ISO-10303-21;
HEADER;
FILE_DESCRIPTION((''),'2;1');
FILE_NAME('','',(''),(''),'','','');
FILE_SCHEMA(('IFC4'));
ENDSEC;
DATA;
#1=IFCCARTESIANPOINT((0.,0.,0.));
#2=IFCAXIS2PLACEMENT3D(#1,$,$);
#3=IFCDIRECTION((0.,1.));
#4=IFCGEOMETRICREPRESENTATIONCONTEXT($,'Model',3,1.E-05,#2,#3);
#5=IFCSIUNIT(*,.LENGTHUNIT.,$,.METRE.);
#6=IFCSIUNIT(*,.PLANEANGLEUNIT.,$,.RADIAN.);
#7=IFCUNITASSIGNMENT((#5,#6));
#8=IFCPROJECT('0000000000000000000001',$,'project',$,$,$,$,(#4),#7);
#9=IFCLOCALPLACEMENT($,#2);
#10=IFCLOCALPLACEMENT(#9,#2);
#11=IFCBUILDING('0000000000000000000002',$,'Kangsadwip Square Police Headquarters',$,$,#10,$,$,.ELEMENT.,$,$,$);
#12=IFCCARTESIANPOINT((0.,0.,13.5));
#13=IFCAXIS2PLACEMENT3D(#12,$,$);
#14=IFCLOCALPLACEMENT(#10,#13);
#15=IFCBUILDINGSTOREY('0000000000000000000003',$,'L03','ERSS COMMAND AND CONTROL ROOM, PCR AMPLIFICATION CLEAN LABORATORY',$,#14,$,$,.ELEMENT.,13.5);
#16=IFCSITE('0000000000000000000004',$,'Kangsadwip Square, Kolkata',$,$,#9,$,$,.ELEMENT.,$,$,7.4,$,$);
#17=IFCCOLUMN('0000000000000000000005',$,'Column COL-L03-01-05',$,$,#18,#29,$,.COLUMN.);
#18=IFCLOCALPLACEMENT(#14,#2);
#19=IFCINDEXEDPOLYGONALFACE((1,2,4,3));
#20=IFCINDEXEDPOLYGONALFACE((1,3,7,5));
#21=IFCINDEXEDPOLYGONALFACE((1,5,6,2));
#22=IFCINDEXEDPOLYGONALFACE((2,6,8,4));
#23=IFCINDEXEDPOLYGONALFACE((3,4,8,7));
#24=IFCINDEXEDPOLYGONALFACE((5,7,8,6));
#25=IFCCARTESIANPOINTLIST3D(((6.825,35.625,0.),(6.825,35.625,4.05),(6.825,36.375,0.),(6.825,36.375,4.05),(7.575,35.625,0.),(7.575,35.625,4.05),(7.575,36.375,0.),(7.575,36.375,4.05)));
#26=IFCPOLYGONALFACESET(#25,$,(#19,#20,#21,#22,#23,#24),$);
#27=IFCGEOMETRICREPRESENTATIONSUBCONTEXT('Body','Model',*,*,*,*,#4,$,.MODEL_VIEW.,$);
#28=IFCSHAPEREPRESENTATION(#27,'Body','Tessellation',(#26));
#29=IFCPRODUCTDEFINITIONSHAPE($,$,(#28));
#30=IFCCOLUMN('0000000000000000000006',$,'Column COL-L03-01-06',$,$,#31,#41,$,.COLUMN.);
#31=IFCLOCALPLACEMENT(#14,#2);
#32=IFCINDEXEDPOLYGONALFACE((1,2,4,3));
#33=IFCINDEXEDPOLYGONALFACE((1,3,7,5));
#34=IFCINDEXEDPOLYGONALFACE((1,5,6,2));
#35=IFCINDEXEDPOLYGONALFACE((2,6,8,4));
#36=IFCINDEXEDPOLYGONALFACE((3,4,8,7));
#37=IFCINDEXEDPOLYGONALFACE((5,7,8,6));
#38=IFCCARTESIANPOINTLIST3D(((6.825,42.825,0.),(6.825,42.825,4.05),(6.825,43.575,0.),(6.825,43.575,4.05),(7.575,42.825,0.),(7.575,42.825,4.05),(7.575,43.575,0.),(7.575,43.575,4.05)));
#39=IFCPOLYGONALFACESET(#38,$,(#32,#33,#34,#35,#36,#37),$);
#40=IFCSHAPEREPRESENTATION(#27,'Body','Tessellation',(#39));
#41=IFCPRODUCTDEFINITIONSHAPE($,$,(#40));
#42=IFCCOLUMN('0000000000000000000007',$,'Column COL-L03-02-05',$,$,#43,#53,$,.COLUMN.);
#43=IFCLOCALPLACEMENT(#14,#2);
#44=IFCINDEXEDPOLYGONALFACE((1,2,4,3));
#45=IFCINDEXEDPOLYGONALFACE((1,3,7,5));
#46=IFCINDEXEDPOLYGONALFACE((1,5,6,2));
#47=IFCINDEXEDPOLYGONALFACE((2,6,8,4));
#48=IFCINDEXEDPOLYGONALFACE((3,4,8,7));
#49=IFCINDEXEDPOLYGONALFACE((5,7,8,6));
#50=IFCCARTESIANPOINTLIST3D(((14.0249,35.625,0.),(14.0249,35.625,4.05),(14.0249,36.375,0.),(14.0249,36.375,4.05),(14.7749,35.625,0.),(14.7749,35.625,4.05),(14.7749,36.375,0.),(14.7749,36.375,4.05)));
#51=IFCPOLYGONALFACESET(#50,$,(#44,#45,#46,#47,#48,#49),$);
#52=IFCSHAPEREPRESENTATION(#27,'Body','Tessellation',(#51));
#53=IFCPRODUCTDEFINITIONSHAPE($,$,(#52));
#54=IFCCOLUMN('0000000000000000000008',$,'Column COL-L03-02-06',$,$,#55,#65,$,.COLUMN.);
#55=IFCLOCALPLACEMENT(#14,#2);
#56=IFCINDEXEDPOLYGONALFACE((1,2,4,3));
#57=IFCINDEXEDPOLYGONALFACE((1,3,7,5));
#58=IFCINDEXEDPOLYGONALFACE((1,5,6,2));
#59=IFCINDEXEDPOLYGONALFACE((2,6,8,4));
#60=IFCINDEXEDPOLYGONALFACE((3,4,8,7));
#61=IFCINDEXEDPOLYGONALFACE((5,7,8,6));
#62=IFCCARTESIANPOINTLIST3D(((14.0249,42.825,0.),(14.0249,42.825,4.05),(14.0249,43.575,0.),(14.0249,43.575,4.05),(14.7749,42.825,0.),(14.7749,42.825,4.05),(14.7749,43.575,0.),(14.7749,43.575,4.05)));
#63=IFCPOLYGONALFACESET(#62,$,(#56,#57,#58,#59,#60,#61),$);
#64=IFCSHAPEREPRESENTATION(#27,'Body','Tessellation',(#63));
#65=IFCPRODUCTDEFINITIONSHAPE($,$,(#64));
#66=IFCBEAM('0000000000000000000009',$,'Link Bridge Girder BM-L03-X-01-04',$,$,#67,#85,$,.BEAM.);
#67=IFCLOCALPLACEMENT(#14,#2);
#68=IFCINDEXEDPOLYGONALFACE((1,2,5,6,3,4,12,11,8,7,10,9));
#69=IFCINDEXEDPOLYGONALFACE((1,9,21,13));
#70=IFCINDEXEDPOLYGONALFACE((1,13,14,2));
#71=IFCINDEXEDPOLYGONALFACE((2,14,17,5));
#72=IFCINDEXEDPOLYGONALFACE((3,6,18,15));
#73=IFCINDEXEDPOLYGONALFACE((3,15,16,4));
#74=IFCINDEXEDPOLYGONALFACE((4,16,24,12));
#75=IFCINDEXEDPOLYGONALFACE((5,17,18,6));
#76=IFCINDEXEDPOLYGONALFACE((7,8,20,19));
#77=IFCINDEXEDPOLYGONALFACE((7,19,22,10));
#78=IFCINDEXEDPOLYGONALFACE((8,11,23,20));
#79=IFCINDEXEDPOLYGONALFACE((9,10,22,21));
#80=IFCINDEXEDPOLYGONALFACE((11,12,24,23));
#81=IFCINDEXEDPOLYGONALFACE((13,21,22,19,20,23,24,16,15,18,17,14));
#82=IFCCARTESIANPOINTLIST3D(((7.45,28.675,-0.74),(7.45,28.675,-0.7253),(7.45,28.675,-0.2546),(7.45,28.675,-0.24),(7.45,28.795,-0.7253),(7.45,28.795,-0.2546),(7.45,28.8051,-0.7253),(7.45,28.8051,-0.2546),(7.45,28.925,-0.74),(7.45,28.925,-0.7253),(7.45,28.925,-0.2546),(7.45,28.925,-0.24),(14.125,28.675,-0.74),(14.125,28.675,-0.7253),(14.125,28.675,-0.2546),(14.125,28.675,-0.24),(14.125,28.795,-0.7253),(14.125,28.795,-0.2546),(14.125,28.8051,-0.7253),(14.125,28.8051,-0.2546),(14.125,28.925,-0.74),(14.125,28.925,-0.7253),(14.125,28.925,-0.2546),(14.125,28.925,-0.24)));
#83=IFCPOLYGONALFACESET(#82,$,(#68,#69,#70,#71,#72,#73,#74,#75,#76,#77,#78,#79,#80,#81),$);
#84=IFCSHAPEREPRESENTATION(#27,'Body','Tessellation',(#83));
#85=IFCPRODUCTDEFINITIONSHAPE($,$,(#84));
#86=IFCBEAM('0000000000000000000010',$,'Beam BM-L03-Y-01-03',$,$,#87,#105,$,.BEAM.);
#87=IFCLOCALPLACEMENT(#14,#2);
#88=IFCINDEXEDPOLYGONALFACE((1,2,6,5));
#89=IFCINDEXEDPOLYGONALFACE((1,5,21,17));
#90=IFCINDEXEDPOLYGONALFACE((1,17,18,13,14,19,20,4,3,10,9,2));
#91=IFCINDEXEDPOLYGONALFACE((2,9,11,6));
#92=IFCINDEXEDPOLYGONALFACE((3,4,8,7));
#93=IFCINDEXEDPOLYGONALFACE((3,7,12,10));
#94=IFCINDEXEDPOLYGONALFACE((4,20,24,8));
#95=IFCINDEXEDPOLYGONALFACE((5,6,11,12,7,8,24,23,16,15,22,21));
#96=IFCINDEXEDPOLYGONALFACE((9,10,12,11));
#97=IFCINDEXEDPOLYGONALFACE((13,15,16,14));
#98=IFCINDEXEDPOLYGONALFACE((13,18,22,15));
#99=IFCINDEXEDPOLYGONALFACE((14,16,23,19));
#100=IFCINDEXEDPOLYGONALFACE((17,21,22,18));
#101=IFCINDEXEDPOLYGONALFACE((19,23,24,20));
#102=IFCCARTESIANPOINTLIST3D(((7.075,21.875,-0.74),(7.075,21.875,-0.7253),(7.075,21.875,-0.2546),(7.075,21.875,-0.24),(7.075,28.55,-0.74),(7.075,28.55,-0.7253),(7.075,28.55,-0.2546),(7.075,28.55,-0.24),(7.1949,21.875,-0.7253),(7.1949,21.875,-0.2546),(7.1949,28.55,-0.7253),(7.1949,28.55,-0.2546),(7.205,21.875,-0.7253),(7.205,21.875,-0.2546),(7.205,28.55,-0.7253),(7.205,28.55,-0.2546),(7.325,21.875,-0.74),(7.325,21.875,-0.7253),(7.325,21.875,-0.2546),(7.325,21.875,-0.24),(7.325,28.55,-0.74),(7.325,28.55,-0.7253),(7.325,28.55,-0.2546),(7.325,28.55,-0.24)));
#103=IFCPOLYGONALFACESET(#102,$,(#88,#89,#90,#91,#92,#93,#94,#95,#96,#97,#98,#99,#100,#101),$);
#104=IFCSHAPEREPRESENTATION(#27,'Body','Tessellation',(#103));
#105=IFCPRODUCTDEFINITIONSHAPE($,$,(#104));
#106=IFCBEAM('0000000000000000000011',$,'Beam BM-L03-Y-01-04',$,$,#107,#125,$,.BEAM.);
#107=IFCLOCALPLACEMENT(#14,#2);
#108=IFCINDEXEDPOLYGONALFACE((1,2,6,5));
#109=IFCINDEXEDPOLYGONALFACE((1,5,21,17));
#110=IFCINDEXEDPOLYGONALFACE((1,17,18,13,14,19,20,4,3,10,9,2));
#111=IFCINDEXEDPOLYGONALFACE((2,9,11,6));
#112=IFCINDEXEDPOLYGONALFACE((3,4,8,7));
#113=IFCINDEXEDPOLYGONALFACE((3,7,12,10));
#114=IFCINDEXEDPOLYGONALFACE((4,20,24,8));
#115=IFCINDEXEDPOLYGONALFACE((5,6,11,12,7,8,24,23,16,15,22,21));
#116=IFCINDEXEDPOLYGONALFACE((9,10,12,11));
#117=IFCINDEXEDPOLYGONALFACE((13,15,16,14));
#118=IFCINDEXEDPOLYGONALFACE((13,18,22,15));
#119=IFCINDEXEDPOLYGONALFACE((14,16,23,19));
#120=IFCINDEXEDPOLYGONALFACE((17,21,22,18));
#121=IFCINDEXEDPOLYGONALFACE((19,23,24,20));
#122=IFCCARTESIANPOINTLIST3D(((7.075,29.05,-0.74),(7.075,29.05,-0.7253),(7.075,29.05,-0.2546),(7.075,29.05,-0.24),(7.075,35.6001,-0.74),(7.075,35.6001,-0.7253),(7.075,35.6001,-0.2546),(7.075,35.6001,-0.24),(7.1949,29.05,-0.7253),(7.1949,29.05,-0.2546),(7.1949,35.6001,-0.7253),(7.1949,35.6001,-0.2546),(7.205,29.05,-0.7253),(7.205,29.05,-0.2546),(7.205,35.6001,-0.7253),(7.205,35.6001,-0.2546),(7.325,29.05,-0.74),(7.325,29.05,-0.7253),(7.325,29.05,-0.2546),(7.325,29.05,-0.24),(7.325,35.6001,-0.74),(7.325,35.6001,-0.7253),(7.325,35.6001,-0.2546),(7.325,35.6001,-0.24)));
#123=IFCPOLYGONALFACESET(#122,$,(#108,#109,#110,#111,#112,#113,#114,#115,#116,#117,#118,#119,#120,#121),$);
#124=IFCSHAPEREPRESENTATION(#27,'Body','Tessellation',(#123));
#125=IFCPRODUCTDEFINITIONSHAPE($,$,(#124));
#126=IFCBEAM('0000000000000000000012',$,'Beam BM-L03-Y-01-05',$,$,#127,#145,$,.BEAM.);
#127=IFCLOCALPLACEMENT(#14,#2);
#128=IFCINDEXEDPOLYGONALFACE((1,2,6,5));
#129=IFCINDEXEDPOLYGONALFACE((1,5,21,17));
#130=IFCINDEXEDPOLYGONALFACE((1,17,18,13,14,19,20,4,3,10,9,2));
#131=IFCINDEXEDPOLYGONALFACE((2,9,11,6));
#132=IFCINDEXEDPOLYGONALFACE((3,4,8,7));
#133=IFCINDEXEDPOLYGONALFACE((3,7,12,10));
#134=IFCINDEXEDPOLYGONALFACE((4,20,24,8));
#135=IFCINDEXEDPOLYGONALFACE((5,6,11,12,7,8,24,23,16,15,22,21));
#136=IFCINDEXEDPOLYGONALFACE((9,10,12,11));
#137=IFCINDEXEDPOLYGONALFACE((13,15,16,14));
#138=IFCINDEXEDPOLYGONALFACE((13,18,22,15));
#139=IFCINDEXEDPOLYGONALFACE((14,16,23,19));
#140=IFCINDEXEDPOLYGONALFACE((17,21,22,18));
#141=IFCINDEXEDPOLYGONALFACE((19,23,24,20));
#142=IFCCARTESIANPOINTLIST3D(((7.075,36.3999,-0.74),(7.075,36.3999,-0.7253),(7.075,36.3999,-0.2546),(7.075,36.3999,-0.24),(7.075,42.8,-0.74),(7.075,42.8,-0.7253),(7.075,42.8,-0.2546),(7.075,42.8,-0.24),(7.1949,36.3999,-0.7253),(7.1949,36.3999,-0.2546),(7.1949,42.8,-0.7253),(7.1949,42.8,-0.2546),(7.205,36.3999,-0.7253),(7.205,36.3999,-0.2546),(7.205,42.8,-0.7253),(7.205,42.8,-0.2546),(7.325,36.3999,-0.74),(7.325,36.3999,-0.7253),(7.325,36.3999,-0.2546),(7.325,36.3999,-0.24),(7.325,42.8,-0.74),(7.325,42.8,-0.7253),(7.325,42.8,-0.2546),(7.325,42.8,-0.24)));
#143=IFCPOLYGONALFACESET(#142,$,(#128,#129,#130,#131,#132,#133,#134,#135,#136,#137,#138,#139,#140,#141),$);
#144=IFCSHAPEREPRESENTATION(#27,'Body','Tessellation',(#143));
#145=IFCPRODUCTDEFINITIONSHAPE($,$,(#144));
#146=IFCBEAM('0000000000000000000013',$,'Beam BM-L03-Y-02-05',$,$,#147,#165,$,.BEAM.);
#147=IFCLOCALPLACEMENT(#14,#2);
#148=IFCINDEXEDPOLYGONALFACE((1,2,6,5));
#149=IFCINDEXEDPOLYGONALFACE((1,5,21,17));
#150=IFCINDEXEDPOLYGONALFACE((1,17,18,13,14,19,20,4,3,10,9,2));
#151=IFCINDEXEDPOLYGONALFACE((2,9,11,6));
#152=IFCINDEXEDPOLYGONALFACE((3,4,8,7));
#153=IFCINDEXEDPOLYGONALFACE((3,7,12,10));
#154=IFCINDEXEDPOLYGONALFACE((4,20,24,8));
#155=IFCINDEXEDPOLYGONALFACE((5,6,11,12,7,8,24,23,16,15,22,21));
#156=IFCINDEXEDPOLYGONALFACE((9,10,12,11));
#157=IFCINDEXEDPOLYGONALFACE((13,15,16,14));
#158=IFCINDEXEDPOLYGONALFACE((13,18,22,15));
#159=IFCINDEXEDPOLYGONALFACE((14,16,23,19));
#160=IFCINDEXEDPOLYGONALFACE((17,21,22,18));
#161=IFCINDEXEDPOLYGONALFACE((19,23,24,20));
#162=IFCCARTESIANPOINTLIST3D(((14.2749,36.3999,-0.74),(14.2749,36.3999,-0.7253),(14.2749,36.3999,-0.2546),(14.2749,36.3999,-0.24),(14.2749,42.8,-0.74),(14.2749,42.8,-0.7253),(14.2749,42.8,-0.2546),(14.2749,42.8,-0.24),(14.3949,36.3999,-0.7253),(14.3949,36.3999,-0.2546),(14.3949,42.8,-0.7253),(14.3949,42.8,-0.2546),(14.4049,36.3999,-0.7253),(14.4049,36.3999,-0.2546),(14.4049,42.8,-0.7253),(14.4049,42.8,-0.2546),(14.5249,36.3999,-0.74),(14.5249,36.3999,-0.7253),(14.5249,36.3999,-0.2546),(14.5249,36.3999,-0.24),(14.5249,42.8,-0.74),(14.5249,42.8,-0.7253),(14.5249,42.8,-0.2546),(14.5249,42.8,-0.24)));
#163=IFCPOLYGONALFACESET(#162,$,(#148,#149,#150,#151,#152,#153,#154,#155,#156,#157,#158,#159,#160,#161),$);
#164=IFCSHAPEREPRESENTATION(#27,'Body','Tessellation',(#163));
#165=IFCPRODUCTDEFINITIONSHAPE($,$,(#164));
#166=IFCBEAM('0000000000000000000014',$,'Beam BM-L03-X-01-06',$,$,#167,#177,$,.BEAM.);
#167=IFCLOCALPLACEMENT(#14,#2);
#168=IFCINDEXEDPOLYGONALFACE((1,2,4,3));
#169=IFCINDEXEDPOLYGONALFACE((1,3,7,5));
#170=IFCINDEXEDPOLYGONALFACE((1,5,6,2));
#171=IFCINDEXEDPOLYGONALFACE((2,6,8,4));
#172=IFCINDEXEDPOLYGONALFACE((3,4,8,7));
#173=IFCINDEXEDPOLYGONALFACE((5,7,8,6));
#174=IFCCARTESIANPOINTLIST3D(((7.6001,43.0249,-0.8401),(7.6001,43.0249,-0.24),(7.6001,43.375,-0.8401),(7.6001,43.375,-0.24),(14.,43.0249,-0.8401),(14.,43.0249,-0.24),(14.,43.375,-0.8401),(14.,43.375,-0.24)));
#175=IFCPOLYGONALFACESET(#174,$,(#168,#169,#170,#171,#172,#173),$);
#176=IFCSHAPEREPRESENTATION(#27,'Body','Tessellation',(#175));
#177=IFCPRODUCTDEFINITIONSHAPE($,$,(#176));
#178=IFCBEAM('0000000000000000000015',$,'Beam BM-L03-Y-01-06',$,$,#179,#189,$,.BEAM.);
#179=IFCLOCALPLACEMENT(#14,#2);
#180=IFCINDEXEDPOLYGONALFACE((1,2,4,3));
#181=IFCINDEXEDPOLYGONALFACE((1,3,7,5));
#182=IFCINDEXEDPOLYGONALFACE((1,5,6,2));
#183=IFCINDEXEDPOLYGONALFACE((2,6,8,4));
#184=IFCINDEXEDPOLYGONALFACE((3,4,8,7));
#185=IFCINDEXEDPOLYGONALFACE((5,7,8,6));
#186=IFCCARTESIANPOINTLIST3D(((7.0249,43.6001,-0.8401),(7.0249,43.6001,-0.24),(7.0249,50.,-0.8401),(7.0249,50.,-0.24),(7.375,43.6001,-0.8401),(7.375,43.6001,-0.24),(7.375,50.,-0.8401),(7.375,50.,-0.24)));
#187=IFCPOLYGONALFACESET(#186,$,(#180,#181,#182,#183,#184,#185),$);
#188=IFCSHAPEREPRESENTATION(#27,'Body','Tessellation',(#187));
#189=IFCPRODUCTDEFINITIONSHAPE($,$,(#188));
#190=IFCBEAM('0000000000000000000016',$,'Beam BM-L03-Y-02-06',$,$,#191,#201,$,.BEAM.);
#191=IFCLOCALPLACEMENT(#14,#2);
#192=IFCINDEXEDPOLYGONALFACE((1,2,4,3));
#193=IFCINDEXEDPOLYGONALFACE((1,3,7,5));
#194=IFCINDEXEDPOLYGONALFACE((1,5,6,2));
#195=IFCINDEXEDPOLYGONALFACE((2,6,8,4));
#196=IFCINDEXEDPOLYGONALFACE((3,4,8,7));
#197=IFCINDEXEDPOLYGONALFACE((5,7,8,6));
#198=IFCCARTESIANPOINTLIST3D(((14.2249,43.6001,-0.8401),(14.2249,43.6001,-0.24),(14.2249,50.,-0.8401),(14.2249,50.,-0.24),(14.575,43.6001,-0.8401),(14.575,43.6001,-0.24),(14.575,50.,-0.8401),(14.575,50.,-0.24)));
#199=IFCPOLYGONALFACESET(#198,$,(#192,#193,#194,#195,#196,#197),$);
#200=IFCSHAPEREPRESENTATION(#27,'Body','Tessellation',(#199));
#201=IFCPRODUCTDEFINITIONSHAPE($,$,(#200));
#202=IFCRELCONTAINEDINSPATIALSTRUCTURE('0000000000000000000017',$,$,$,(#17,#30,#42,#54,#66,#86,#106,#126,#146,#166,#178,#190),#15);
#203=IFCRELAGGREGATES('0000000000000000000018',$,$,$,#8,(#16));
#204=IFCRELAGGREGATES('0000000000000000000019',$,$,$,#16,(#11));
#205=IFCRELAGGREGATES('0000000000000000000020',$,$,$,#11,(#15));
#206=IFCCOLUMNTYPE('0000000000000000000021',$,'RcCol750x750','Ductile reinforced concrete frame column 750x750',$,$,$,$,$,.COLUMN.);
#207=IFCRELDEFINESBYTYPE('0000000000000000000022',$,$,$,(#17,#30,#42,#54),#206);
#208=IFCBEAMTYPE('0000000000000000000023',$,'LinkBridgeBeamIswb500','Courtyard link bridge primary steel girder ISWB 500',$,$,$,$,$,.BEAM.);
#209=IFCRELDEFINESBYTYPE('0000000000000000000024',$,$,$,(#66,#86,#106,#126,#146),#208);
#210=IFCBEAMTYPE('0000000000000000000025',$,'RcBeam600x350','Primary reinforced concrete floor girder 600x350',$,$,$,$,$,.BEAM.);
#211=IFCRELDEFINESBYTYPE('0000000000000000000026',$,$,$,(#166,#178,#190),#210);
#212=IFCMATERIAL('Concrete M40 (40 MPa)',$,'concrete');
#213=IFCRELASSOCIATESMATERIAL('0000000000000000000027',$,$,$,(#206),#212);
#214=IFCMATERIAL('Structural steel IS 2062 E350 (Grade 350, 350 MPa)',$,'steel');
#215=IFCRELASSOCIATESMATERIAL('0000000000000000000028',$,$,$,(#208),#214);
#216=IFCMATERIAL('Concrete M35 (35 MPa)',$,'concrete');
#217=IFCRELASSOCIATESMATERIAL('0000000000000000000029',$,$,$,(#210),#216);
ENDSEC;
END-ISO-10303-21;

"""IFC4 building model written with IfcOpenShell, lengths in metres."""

from ifc_helpers import new_model, si_unit, direction, frame, origin, origin_2d, place, context, subcontext, project, spatial, rectangle, i_section, extrude, material, material_profile, profile_set, type_object, element, save


model = new_model("IFC4")

# Units and contexts
model_context = context("Model", 3, precision=1e-05, world=origin(), true_north=direction((0.0, 1.0)))
body_context = subcontext(model_context, "Body", "Model", "MODEL_VIEW")
ifc_project = project(units=[si_unit("LENGTHUNIT", "METRE"), si_unit("PLANEANGLEUNIT", "RADIAN")], contexts=[model_context])

# Site, building, storey
site_placement = place(None, origin())
site = spatial("IfcSite", under=ifc_project, at=site_placement, Name="Kangsadwip Square, Kolkata", CompositionType="ELEMENT", RefElevation=7.4)
building_placement = place(site_placement, origin())
building = spatial("IfcBuilding", under=site, at=building_placement, Name="Kangsadwip Square Police Headquarters", CompositionType="ELEMENT")
storey_placement = place(building_placement, frame((0.0, 0.0, 13.5)))
storey = spatial("IfcBuildingStorey", under=building, at=storey_placement, Name="L03", Description="ERSS COMMAND AND CONTROL ROOM, PCR AMPLIFICATION CLEAN LABORATORY", CompositionType="ELEMENT", Elevation=13.5)

# Columns
ifc_material_1 = material(Name="Concrete M40 (40 MPa)", Category="concrete")
ifc_material_profile_1 = material_profile(ifc_material_1, rectangle(XDim=0.75, YDim=0.75, at=origin_2d()), Name="RC COL 750X750")
ifc_profile_set_1 = profile_set([ifc_material_profile_1], Name="Concrete M40 (40 MPa)")
column_type = type_object("IfcColumnType", Name="RcCol750x750", Description="Ductile reinforced concrete frame column 750x750", PredefinedType="COLUMN", material=ifc_profile_set_1)
for number, where, z_axis, x_axis, name in (
    (1, (7.2, 36.0, 0.0), (0.0, 0.0, 1.0), (1.0, 0.0, 0.0), "Column COL-L03-01-05"),
    (2, (7.2, 43.2, 0.0), (0.0, 0.0, 1.0), (1.0, 0.0, 0.0), "Column COL-L03-01-06"),
    (3, (14.3999, 36.0, 0.0), (0.0, 0.0, 1.0), (1.0, 0.0, 0.0), "Column COL-L03-02-05"),
    (4, (14.3999, 43.2, 0.0), (0.0, 0.0, 1.0), (1.0, 0.0, 0.0), "Column COL-L03-02-06"),
):
    element("IfcColumn", number, at=place(storey_placement, frame(where, z_axis=z_axis, x_axis=x_axis)), inside=storey, type_object=column_type, Name=name, PredefinedType="COLUMN", context=body_context, shape_type="SweptSolid", body=[
        extrude(rectangle(XDim=0.75, YDim=0.75, at=origin_2d()), origin(), (0.0, 0.0, 1.0), 4.05),
    ])

# Beams
ifc_material_2 = material(Name="Structural steel IS 2062 E350 (Grade 350, 350 MPa)", Category="steel")
ifc_material_profile_2 = material_profile(ifc_material_2, i_section(OverallWidth=0.25, OverallDepth=0.5, WebThickness=0.01, FlangeThickness=0.0146, at=origin_2d()), Name="ISWB 500")
ifc_profile_set_2 = profile_set([ifc_material_profile_2], Name="Structural steel IS 2062 E350 (Grade 350, 350 MPa)")
beam_type_1 = type_object("IfcBeamType", Name="LinkBridgeBeamIswb500", Description="Courtyard link bridge primary steel girder ISWB 500", PredefinedType="BEAM", material=ifc_profile_set_2)
for number, where, z_axis, x_axis, name in (
    (5, (7.45, 28.8, -0.49), (1.0, 0.0, 0.0), (0.0, 1.0, 0.0), "Link Bridge Girder BM-L03-X-01-04"),
    (6, (7.2, 21.875, -0.49), (0.0, 1.0, 0.0), (-1.0, 0.0, 0.0), "Beam BM-L03-Y-01-03"),
):
    element("IfcBeam", number, at=place(storey_placement, frame(where, z_axis=z_axis, x_axis=x_axis)), inside=storey, type_object=beam_type_1, Name=name, PredefinedType="BEAM", context=body_context, shape_type="SweptSolid", body=[
        extrude(i_section(OverallWidth=0.25, OverallDepth=0.5, WebThickness=0.01, FlangeThickness=0.0146, at=origin_2d()), origin(), (0.0, 0.0, 1.0), 6.675),
    ])
beam_1_placement = place(storey_placement, frame((7.2, 29.05, -0.49), z_axis=(0.0, 1.0, 0.0), x_axis=(-1.0, 0.0, 0.0)))
element("IfcBeam", 7, at=beam_1_placement, inside=storey, type_object=beam_type_1, Name="Beam BM-L03-Y-01-04", PredefinedType="BEAM", context=body_context, shape_type="SweptSolid", body=[
    extrude(i_section(OverallWidth=0.25, OverallDepth=0.5, WebThickness=0.01, FlangeThickness=0.0146, at=origin_2d()), origin(), (0.0, 0.0, 1.0), 6.55),
])
for number, where, z_axis, x_axis, name in (
    (8, (7.2, 36.3999, -0.49), (0.0, 1.0, 0.0), (-1.0, 0.0, 0.0), "Beam BM-L03-Y-01-05"),
    (9, (14.3999, 36.3999, -0.49), (0.0, 1.0, 0.0), (-1.0, 0.0, 0.0), "Beam BM-L03-Y-02-05"),
):
    element("IfcBeam", number, at=place(storey_placement, frame(where, z_axis=z_axis, x_axis=x_axis)), inside=storey, type_object=beam_type_1, Name=name, PredefinedType="BEAM", context=body_context, shape_type="SweptSolid", body=[
        extrude(i_section(OverallWidth=0.25, OverallDepth=0.5, WebThickness=0.01, FlangeThickness=0.0146, at=origin_2d()), origin(), (0.0, 0.0, 1.0), 6.4001),
    ])
ifc_material_3 = material(Name="Concrete M35 (35 MPa)", Category="concrete")
ifc_material_profile_3 = material_profile(ifc_material_3, rectangle(XDim=0.3501, YDim=0.6001, at=origin_2d()), Name="RC BM 600X350")
ifc_profile_set_3 = profile_set([ifc_material_profile_3], Name="Concrete M35 (35 MPa)")
beam_type_2 = type_object("IfcBeamType", Name="RcBeam600x350", Description="Primary reinforced concrete floor girder 600x350", PredefinedType="BEAM", material=ifc_profile_set_3)
for number, where, z_axis, x_axis, name in (
    (10, (7.6001, 43.2, -0.54), (1.0, 0.0, 0.0), (0.0, 1.0, 0.0), "Beam BM-L03-X-01-06"),
    (11, (7.2, 43.6001, -0.54), (0.0, 1.0, 0.0), (-1.0, 0.0, 0.0), "Beam BM-L03-Y-01-06"),
    (12, (14.3999, 43.6001, -0.54), (0.0, 1.0, 0.0), (-1.0, 0.0, 0.0), "Beam BM-L03-Y-02-06"),
):
    element("IfcBeam", number, at=place(storey_placement, frame(where, z_axis=z_axis, x_axis=x_axis)), inside=storey, type_object=beam_type_2, Name=name, PredefinedType="BEAM", context=body_context, shape_type="SweptSolid", body=[
        extrude(rectangle(XDim=0.3501, YDim=0.6001, at=origin_2d()), origin(), (0.0, 0.0, 1.0), 6.3999),
    ])

save(model, "model.ifc")
